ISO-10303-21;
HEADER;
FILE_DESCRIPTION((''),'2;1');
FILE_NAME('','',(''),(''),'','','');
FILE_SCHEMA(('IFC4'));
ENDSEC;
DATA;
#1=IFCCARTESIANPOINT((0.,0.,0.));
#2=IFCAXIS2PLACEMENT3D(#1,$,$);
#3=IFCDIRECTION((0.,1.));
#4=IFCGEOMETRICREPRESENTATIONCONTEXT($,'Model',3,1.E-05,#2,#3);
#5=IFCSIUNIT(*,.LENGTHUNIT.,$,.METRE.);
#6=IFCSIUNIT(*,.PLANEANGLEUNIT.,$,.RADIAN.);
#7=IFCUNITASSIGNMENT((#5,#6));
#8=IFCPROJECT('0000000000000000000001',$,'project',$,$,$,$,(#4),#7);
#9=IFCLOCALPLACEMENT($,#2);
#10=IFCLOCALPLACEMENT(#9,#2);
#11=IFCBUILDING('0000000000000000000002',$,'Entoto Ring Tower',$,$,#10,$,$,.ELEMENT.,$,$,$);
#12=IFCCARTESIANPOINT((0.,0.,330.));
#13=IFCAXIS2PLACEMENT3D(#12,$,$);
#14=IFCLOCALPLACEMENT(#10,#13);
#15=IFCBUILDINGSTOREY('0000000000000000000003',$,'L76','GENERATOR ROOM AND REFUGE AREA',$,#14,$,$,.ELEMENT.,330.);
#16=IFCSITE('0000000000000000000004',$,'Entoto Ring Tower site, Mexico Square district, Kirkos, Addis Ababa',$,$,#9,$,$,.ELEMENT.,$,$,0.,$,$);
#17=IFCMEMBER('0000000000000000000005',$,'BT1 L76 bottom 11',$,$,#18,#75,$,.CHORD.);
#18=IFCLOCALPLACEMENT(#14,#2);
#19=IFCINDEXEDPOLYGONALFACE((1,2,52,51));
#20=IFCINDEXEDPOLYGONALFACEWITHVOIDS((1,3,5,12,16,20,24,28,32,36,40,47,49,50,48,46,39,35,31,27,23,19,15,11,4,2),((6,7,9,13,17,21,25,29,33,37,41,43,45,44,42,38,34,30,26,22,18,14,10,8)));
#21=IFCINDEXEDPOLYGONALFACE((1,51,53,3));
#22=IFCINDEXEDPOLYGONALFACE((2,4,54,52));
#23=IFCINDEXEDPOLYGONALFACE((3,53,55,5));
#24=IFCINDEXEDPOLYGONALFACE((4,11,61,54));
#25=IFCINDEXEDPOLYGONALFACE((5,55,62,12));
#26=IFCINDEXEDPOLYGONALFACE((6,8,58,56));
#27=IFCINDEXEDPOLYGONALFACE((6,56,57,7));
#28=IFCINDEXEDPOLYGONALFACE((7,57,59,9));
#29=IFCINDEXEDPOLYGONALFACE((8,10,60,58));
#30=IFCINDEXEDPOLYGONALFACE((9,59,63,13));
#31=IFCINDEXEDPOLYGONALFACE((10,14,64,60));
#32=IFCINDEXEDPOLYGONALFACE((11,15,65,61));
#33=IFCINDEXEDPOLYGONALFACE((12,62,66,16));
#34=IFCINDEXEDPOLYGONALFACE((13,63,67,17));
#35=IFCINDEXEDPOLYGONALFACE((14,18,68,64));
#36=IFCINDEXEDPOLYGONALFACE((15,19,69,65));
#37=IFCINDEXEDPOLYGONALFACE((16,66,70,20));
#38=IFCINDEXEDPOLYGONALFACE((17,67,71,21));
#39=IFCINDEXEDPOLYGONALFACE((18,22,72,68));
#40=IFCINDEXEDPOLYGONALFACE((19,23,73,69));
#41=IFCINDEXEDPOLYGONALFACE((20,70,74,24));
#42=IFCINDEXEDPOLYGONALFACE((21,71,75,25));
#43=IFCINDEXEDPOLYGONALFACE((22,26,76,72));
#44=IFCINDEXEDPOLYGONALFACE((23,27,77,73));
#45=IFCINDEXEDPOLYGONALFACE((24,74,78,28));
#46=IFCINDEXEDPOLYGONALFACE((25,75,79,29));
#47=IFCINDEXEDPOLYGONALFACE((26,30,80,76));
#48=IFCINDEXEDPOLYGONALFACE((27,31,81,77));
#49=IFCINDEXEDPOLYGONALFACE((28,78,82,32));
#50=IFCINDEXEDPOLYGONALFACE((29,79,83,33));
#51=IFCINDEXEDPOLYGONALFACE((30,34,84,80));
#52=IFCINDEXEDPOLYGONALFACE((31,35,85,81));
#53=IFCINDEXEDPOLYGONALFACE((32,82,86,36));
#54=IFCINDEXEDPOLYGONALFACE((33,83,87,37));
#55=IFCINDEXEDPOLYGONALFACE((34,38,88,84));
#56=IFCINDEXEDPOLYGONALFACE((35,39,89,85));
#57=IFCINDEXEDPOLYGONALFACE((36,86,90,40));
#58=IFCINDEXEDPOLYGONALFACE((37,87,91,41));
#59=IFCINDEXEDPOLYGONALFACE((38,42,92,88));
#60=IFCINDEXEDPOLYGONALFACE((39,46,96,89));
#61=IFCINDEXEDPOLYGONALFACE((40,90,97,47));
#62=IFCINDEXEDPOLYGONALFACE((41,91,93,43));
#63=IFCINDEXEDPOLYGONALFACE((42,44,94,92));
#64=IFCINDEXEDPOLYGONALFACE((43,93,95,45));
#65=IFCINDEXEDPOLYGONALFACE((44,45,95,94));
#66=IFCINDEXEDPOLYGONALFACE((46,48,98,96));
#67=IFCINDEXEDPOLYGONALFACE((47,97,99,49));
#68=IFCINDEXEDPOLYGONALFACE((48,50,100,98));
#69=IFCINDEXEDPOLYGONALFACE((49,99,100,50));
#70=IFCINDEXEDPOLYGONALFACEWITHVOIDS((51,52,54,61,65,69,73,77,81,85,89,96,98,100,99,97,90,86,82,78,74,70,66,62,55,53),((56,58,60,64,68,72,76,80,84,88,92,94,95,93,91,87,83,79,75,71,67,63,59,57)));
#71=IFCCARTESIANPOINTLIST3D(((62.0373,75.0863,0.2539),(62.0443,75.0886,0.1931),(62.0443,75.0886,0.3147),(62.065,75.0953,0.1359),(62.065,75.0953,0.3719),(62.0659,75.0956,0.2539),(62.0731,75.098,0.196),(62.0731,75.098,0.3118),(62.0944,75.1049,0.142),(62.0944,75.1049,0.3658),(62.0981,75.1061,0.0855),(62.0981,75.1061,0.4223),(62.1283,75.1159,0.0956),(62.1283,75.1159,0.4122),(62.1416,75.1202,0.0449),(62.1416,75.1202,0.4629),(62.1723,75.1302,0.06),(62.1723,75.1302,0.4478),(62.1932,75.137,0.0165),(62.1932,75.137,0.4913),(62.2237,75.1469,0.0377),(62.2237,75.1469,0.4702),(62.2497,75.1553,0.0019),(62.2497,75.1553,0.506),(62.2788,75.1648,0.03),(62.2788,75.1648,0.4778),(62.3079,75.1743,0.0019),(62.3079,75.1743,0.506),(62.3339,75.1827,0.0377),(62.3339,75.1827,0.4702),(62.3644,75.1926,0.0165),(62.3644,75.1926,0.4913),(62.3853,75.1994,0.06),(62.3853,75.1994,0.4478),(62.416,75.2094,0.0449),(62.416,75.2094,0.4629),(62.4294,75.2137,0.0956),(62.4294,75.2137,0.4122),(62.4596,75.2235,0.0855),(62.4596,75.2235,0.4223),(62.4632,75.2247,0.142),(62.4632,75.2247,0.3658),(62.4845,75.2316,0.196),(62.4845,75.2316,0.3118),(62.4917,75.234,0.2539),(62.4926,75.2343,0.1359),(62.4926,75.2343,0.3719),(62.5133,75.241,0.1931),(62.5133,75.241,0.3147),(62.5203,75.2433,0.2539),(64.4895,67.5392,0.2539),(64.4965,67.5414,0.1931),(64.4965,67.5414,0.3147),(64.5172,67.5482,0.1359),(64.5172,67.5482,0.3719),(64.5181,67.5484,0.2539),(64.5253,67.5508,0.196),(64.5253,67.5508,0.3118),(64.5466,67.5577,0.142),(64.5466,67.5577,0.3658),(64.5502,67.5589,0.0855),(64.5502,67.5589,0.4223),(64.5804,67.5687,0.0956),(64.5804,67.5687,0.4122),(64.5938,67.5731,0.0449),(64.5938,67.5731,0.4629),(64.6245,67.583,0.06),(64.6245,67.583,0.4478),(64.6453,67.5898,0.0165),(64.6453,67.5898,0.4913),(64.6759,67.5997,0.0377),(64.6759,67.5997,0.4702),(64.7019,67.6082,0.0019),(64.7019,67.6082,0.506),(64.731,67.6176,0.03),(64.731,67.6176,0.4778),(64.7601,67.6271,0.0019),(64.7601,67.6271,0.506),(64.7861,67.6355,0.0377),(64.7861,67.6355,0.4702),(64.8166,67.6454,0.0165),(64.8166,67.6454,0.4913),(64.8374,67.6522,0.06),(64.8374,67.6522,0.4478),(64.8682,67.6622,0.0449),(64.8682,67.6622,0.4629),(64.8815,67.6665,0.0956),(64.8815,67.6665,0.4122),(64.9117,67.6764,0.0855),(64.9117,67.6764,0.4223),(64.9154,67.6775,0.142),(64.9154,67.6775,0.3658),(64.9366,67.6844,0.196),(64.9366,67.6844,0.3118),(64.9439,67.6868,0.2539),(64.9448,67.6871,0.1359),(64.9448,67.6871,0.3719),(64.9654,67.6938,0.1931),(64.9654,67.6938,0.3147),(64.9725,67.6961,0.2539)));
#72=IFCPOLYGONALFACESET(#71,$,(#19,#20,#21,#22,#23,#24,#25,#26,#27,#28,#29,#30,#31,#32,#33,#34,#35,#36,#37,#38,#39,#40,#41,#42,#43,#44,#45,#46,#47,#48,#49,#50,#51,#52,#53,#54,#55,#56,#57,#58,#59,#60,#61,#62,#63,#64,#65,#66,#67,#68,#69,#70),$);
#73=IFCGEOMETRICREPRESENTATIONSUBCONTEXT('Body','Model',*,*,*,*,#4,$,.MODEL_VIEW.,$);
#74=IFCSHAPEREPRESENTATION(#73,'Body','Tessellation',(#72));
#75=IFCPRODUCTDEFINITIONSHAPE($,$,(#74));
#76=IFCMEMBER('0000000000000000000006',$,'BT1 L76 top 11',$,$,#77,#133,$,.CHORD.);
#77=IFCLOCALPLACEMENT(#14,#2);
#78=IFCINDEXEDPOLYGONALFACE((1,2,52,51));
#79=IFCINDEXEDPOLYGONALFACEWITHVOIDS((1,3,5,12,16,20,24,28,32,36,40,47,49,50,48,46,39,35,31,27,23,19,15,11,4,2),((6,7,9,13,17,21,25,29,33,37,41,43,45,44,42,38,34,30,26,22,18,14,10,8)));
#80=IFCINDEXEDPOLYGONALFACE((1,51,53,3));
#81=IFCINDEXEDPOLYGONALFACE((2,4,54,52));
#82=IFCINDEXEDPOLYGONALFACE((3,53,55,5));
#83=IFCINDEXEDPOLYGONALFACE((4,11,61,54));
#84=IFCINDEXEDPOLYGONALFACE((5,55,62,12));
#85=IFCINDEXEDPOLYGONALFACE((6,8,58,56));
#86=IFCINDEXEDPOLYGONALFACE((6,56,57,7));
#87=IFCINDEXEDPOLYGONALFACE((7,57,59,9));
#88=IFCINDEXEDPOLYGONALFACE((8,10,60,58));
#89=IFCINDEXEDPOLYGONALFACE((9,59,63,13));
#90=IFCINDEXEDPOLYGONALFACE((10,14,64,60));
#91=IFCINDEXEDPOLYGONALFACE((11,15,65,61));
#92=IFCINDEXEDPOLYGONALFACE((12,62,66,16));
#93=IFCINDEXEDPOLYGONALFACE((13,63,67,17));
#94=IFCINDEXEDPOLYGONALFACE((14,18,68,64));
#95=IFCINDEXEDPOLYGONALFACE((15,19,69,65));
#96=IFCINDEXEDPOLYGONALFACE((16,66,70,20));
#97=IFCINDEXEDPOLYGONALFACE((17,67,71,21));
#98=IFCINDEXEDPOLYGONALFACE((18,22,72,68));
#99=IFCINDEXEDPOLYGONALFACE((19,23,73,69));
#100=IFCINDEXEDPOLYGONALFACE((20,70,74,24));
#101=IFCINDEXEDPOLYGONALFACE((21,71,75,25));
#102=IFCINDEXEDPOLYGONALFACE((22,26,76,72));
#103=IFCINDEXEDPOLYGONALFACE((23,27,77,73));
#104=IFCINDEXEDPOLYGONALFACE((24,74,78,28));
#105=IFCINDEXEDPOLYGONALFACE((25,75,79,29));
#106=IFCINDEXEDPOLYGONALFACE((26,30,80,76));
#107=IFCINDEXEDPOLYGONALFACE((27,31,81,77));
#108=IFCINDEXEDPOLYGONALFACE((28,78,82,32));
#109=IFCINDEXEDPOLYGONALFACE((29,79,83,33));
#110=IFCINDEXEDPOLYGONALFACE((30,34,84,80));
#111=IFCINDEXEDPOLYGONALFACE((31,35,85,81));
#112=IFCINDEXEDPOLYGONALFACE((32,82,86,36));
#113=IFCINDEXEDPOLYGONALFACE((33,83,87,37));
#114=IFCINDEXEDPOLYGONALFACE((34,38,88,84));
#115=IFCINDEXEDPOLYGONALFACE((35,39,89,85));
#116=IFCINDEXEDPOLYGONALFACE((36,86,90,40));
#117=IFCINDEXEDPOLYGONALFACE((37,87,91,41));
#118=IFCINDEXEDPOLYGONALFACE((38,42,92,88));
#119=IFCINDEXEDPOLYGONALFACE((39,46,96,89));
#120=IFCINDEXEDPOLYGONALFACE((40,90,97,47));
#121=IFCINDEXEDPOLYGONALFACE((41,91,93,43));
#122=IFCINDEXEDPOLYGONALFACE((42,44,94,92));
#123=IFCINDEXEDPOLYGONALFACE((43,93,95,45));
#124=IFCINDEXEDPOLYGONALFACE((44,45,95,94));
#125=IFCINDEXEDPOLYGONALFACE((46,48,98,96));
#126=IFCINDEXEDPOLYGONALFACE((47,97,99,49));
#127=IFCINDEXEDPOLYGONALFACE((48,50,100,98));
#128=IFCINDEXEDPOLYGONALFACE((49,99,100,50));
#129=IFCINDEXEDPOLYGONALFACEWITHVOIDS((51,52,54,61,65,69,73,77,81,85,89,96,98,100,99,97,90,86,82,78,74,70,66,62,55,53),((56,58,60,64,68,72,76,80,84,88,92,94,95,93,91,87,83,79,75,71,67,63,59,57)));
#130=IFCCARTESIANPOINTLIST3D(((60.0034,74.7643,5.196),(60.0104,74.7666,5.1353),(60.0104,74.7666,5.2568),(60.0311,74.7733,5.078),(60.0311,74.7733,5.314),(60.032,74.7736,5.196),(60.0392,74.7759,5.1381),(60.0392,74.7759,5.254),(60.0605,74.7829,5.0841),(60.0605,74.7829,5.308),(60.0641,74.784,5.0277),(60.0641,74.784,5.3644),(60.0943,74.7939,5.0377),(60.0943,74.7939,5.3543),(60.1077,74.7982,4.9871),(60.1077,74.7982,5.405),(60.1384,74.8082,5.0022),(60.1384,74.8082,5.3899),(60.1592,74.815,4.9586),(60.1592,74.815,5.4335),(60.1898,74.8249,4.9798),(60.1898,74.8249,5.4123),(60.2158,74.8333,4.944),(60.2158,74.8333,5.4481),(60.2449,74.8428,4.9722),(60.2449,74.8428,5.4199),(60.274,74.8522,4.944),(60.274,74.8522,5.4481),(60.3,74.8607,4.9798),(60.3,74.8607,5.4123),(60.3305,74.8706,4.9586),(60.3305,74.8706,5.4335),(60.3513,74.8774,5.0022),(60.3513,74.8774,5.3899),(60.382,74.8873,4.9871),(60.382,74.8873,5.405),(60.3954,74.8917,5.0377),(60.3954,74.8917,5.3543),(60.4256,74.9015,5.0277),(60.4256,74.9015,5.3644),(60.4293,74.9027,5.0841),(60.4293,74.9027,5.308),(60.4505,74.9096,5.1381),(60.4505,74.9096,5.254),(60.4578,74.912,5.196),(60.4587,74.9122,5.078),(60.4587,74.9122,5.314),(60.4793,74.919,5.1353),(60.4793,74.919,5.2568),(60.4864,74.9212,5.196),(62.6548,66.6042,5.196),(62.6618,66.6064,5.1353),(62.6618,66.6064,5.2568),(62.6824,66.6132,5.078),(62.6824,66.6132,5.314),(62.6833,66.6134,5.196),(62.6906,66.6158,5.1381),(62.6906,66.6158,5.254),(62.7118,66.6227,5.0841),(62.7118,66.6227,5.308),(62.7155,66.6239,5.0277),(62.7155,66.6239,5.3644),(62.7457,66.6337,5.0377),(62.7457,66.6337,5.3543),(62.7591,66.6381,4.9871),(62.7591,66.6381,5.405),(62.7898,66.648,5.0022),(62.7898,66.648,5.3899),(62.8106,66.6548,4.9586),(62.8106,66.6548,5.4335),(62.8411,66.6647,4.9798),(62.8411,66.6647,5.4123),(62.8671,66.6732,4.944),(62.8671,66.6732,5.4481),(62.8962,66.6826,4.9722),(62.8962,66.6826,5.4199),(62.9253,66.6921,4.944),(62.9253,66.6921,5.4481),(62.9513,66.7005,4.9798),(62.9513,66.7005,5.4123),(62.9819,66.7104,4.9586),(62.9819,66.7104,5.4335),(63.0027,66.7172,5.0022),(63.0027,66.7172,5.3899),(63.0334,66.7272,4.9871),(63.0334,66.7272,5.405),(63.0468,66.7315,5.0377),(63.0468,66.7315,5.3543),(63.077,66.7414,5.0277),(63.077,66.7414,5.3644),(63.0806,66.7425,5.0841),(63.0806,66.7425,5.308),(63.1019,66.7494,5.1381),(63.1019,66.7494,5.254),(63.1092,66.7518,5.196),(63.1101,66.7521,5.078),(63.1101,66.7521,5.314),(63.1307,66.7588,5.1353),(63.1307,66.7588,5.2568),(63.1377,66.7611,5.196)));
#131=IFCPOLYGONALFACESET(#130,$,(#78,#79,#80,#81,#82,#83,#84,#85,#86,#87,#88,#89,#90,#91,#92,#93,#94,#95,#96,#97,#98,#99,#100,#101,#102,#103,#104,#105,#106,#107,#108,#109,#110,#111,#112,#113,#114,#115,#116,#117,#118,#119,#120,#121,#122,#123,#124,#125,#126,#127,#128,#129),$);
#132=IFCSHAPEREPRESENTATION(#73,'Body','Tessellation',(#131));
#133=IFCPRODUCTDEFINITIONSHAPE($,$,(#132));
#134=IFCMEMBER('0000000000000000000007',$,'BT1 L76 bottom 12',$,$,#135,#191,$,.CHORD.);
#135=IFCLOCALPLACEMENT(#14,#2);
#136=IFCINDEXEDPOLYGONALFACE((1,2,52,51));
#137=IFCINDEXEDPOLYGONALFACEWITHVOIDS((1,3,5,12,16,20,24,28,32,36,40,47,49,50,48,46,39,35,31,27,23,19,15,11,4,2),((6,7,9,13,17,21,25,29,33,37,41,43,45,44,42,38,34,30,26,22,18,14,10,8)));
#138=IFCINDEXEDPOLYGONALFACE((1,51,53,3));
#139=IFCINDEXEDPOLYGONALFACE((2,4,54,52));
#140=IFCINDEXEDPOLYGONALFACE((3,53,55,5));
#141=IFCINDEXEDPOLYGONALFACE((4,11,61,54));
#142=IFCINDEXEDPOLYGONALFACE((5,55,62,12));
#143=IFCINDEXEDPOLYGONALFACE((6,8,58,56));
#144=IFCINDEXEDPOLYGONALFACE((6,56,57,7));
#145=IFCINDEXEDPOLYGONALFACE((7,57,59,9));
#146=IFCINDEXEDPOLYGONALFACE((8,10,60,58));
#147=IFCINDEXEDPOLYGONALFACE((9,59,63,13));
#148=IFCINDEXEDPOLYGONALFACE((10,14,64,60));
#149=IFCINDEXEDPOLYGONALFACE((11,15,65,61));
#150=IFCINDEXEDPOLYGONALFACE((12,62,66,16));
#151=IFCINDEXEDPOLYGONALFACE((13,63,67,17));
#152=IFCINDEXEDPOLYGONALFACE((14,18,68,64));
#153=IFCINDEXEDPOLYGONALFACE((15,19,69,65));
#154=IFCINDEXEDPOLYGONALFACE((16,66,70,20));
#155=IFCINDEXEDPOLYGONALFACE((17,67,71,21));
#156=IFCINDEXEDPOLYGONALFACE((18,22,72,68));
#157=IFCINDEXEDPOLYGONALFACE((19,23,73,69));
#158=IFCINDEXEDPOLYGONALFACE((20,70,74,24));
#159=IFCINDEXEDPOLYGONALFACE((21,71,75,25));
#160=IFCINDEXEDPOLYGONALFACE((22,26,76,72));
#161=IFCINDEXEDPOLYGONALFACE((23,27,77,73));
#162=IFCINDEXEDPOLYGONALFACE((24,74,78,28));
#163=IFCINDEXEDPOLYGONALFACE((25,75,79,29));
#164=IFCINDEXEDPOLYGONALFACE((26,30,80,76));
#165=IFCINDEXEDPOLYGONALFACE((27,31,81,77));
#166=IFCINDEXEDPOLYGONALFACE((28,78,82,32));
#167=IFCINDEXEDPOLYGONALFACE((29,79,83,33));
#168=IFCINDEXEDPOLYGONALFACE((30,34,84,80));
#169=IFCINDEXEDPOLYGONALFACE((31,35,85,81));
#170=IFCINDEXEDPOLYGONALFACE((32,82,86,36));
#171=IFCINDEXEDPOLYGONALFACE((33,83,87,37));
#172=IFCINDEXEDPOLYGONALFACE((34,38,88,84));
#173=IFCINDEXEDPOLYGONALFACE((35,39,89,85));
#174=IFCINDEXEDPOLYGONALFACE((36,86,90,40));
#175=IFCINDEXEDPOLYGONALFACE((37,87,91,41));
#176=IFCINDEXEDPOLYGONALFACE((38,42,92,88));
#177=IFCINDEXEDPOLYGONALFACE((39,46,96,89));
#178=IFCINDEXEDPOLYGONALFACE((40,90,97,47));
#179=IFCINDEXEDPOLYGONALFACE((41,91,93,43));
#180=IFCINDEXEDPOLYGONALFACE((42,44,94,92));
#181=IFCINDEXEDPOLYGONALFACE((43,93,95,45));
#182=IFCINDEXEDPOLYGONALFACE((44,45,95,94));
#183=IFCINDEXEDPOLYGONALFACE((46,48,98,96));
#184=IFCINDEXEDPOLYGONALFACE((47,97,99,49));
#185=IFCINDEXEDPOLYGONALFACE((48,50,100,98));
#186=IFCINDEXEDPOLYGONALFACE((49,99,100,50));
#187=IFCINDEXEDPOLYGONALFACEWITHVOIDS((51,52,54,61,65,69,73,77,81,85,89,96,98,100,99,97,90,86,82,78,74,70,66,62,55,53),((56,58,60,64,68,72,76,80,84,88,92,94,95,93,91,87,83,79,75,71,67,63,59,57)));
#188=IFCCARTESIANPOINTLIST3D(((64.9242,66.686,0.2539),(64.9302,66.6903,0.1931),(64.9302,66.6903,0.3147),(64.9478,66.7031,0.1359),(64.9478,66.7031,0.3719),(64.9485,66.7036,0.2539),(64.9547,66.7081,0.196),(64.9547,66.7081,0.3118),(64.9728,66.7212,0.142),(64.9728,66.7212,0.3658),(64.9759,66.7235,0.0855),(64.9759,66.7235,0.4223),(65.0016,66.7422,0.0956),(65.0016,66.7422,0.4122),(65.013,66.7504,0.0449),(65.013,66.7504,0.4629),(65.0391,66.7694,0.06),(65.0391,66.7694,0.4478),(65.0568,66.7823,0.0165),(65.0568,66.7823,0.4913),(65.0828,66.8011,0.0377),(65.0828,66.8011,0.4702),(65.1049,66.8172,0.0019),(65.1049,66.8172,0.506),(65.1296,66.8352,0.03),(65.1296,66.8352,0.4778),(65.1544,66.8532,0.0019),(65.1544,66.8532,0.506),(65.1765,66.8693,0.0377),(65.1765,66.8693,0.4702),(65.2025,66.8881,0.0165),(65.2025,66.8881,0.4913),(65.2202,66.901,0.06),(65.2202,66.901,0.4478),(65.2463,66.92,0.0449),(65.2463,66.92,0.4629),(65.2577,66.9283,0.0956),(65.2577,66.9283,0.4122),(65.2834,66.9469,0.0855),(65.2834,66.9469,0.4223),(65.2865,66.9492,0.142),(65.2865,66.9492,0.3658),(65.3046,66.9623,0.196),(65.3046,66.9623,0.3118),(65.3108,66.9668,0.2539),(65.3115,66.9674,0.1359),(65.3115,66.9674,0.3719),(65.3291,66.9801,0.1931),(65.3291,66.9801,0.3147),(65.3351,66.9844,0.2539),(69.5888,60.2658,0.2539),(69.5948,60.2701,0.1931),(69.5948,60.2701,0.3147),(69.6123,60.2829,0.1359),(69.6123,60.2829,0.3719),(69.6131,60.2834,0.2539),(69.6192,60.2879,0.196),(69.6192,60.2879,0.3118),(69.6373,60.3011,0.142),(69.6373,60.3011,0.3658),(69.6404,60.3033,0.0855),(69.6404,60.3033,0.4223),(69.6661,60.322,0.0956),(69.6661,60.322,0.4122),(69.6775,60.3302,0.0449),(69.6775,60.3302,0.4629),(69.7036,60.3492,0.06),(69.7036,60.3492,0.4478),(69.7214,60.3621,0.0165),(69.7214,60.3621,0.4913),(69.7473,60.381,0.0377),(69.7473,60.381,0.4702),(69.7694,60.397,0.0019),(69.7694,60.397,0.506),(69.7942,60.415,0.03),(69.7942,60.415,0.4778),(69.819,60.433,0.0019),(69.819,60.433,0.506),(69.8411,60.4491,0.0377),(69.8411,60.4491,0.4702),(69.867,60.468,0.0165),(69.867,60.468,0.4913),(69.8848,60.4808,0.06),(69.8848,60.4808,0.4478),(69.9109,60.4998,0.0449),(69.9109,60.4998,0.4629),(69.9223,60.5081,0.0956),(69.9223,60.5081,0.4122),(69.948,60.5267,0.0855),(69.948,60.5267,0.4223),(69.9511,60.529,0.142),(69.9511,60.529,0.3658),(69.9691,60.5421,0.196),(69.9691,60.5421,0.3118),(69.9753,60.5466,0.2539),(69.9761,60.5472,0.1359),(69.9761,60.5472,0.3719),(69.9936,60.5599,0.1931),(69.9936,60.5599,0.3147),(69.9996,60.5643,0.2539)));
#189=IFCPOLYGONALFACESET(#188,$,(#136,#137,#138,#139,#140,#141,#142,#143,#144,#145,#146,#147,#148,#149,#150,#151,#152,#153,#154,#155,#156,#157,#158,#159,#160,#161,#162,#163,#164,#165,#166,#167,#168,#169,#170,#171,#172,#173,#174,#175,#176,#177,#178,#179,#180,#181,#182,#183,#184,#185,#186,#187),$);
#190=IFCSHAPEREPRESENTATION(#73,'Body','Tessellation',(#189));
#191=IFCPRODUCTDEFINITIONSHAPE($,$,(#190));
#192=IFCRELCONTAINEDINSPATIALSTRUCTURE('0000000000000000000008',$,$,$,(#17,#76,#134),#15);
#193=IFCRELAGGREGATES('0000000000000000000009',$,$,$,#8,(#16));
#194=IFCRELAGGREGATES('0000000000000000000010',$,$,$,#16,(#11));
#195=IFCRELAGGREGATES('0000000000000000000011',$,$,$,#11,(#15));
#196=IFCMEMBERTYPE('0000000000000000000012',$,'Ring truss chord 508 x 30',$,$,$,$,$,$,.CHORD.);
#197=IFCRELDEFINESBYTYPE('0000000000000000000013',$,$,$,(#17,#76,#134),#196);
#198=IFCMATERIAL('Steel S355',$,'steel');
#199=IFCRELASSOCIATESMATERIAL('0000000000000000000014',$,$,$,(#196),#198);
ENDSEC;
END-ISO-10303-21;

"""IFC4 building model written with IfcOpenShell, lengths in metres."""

from ifc_helpers import new_model, si_unit, direction, frame, origin, origin_2d, place, context, subcontext, project, spatial, circle, hollow_circle, extrude, material, material_profile, profile_set, type_object, element, save


model = new_model("IFC4")

# Units and contexts
model_context = context("Model", 3, precision=1e-05, world=origin(), true_north=direction((0.0, 1.0)))
body_context = subcontext(model_context, "Body", "Model", "MODEL_VIEW")
ifc_project = project(units=[si_unit("LENGTHUNIT", "METRE"), si_unit("PLANEANGLEUNIT", "RADIAN")], contexts=[model_context])

# Site, building, storey
site_placement = place(None, origin())
site = spatial("IfcSite", under=ifc_project, at=site_placement, Name="Entoto Ring Tower site, Mexico Square district, Kirkos, Addis Ababa", CompositionType="ELEMENT", RefElevation=0.0)
building_placement = place(site_placement, origin())
building = spatial("IfcBuilding", under=site, at=building_placement, Name="Entoto Ring Tower", CompositionType="ELEMENT")
storey_placement = place(building_placement, frame((0.0, 0.0, 330.0)))
storey = spatial("IfcBuildingStorey", under=building, at=storey_placement, Name="L76", Description="GENERATOR ROOM AND REFUGE AREA", CompositionType="ELEMENT", Elevation=330.0)

# Members
ifc_material_1 = material(Name="Steel S355", Category="steel")
ifc_material_profile_1 = material_profile(ifc_material_1, hollow_circle(Radius=0.2539, WallThickness=0.03, at=origin_2d()), Name="CHS 508 x 30")
ifc_material_2 = material(Name="Concrete C60/75", Category="concrete")
ifc_material_profile_2 = material_profile(ifc_material_2, circle(Radius=0.2241, at=origin_2d()), Name="Concrete C60/75 infill")
ifc_profile_set_1 = profile_set([ifc_material_profile_1, ifc_material_profile_2], Name="Steel S355")
member_type_1 = type_object("IfcMemberType", Name="Ring truss chord 508 x 30", PredefinedType="CHORD", material=ifc_profile_set_1)
member_1_placement = place(storey_placement, frame((62.2788, 75.1648, 0.2539), z_axis=(0.30901, -0.951059, 0.0), x_axis=(0.951059, 0.30901, 0.0)))
element("IfcMember", 1, at=member_1_placement, inside=storey, type_object=member_type_1, Name="BT1 L76 bottom 11", PredefinedType="CHORD", context=body_context, shape_type="SweptSolid", body=[
    extrude(hollow_circle(Radius=0.2539, WallThickness=0.03, at=origin_2d()), origin(), (0.0, 0.0, 1.0), 7.9355),
])
member_2_placement = place(storey_placement, frame((60.2449, 74.8428, 5.196), z_axis=(0.309014, -0.951057, 0.0), x_axis=(0.951057, 0.309014, 0.0)))
element("IfcMember", 2, at=member_2_placement, inside=storey, type_object=member_type_1, Name="BT1 L76 top 11", PredefinedType="CHORD", context=body_context, shape_type="SweptSolid", body=[
    extrude(hollow_circle(Radius=0.2539, WallThickness=0.03, at=origin_2d()), origin(), (0.0, 0.0, 1.0), 8.5801),
])
member_3_placement = place(storey_placement, frame((65.1296, 66.8352, 0.2539), z_axis=(0.587787, -0.809015, 0.0), x_axis=(0.809015, 0.587787, 0.0)))
element("IfcMember", 3, at=member_3_placement, inside=storey, type_object=member_type_1, Name="BT1 L76 bottom 12", PredefinedType="CHORD", context=body_context, shape_type="SweptSolid", body=[
    extrude(hollow_circle(Radius=0.2539, WallThickness=0.03, at=origin_2d()), origin(), (0.0, 0.0, 1.0), 7.9358),
])

save(model, "model.ifc")
